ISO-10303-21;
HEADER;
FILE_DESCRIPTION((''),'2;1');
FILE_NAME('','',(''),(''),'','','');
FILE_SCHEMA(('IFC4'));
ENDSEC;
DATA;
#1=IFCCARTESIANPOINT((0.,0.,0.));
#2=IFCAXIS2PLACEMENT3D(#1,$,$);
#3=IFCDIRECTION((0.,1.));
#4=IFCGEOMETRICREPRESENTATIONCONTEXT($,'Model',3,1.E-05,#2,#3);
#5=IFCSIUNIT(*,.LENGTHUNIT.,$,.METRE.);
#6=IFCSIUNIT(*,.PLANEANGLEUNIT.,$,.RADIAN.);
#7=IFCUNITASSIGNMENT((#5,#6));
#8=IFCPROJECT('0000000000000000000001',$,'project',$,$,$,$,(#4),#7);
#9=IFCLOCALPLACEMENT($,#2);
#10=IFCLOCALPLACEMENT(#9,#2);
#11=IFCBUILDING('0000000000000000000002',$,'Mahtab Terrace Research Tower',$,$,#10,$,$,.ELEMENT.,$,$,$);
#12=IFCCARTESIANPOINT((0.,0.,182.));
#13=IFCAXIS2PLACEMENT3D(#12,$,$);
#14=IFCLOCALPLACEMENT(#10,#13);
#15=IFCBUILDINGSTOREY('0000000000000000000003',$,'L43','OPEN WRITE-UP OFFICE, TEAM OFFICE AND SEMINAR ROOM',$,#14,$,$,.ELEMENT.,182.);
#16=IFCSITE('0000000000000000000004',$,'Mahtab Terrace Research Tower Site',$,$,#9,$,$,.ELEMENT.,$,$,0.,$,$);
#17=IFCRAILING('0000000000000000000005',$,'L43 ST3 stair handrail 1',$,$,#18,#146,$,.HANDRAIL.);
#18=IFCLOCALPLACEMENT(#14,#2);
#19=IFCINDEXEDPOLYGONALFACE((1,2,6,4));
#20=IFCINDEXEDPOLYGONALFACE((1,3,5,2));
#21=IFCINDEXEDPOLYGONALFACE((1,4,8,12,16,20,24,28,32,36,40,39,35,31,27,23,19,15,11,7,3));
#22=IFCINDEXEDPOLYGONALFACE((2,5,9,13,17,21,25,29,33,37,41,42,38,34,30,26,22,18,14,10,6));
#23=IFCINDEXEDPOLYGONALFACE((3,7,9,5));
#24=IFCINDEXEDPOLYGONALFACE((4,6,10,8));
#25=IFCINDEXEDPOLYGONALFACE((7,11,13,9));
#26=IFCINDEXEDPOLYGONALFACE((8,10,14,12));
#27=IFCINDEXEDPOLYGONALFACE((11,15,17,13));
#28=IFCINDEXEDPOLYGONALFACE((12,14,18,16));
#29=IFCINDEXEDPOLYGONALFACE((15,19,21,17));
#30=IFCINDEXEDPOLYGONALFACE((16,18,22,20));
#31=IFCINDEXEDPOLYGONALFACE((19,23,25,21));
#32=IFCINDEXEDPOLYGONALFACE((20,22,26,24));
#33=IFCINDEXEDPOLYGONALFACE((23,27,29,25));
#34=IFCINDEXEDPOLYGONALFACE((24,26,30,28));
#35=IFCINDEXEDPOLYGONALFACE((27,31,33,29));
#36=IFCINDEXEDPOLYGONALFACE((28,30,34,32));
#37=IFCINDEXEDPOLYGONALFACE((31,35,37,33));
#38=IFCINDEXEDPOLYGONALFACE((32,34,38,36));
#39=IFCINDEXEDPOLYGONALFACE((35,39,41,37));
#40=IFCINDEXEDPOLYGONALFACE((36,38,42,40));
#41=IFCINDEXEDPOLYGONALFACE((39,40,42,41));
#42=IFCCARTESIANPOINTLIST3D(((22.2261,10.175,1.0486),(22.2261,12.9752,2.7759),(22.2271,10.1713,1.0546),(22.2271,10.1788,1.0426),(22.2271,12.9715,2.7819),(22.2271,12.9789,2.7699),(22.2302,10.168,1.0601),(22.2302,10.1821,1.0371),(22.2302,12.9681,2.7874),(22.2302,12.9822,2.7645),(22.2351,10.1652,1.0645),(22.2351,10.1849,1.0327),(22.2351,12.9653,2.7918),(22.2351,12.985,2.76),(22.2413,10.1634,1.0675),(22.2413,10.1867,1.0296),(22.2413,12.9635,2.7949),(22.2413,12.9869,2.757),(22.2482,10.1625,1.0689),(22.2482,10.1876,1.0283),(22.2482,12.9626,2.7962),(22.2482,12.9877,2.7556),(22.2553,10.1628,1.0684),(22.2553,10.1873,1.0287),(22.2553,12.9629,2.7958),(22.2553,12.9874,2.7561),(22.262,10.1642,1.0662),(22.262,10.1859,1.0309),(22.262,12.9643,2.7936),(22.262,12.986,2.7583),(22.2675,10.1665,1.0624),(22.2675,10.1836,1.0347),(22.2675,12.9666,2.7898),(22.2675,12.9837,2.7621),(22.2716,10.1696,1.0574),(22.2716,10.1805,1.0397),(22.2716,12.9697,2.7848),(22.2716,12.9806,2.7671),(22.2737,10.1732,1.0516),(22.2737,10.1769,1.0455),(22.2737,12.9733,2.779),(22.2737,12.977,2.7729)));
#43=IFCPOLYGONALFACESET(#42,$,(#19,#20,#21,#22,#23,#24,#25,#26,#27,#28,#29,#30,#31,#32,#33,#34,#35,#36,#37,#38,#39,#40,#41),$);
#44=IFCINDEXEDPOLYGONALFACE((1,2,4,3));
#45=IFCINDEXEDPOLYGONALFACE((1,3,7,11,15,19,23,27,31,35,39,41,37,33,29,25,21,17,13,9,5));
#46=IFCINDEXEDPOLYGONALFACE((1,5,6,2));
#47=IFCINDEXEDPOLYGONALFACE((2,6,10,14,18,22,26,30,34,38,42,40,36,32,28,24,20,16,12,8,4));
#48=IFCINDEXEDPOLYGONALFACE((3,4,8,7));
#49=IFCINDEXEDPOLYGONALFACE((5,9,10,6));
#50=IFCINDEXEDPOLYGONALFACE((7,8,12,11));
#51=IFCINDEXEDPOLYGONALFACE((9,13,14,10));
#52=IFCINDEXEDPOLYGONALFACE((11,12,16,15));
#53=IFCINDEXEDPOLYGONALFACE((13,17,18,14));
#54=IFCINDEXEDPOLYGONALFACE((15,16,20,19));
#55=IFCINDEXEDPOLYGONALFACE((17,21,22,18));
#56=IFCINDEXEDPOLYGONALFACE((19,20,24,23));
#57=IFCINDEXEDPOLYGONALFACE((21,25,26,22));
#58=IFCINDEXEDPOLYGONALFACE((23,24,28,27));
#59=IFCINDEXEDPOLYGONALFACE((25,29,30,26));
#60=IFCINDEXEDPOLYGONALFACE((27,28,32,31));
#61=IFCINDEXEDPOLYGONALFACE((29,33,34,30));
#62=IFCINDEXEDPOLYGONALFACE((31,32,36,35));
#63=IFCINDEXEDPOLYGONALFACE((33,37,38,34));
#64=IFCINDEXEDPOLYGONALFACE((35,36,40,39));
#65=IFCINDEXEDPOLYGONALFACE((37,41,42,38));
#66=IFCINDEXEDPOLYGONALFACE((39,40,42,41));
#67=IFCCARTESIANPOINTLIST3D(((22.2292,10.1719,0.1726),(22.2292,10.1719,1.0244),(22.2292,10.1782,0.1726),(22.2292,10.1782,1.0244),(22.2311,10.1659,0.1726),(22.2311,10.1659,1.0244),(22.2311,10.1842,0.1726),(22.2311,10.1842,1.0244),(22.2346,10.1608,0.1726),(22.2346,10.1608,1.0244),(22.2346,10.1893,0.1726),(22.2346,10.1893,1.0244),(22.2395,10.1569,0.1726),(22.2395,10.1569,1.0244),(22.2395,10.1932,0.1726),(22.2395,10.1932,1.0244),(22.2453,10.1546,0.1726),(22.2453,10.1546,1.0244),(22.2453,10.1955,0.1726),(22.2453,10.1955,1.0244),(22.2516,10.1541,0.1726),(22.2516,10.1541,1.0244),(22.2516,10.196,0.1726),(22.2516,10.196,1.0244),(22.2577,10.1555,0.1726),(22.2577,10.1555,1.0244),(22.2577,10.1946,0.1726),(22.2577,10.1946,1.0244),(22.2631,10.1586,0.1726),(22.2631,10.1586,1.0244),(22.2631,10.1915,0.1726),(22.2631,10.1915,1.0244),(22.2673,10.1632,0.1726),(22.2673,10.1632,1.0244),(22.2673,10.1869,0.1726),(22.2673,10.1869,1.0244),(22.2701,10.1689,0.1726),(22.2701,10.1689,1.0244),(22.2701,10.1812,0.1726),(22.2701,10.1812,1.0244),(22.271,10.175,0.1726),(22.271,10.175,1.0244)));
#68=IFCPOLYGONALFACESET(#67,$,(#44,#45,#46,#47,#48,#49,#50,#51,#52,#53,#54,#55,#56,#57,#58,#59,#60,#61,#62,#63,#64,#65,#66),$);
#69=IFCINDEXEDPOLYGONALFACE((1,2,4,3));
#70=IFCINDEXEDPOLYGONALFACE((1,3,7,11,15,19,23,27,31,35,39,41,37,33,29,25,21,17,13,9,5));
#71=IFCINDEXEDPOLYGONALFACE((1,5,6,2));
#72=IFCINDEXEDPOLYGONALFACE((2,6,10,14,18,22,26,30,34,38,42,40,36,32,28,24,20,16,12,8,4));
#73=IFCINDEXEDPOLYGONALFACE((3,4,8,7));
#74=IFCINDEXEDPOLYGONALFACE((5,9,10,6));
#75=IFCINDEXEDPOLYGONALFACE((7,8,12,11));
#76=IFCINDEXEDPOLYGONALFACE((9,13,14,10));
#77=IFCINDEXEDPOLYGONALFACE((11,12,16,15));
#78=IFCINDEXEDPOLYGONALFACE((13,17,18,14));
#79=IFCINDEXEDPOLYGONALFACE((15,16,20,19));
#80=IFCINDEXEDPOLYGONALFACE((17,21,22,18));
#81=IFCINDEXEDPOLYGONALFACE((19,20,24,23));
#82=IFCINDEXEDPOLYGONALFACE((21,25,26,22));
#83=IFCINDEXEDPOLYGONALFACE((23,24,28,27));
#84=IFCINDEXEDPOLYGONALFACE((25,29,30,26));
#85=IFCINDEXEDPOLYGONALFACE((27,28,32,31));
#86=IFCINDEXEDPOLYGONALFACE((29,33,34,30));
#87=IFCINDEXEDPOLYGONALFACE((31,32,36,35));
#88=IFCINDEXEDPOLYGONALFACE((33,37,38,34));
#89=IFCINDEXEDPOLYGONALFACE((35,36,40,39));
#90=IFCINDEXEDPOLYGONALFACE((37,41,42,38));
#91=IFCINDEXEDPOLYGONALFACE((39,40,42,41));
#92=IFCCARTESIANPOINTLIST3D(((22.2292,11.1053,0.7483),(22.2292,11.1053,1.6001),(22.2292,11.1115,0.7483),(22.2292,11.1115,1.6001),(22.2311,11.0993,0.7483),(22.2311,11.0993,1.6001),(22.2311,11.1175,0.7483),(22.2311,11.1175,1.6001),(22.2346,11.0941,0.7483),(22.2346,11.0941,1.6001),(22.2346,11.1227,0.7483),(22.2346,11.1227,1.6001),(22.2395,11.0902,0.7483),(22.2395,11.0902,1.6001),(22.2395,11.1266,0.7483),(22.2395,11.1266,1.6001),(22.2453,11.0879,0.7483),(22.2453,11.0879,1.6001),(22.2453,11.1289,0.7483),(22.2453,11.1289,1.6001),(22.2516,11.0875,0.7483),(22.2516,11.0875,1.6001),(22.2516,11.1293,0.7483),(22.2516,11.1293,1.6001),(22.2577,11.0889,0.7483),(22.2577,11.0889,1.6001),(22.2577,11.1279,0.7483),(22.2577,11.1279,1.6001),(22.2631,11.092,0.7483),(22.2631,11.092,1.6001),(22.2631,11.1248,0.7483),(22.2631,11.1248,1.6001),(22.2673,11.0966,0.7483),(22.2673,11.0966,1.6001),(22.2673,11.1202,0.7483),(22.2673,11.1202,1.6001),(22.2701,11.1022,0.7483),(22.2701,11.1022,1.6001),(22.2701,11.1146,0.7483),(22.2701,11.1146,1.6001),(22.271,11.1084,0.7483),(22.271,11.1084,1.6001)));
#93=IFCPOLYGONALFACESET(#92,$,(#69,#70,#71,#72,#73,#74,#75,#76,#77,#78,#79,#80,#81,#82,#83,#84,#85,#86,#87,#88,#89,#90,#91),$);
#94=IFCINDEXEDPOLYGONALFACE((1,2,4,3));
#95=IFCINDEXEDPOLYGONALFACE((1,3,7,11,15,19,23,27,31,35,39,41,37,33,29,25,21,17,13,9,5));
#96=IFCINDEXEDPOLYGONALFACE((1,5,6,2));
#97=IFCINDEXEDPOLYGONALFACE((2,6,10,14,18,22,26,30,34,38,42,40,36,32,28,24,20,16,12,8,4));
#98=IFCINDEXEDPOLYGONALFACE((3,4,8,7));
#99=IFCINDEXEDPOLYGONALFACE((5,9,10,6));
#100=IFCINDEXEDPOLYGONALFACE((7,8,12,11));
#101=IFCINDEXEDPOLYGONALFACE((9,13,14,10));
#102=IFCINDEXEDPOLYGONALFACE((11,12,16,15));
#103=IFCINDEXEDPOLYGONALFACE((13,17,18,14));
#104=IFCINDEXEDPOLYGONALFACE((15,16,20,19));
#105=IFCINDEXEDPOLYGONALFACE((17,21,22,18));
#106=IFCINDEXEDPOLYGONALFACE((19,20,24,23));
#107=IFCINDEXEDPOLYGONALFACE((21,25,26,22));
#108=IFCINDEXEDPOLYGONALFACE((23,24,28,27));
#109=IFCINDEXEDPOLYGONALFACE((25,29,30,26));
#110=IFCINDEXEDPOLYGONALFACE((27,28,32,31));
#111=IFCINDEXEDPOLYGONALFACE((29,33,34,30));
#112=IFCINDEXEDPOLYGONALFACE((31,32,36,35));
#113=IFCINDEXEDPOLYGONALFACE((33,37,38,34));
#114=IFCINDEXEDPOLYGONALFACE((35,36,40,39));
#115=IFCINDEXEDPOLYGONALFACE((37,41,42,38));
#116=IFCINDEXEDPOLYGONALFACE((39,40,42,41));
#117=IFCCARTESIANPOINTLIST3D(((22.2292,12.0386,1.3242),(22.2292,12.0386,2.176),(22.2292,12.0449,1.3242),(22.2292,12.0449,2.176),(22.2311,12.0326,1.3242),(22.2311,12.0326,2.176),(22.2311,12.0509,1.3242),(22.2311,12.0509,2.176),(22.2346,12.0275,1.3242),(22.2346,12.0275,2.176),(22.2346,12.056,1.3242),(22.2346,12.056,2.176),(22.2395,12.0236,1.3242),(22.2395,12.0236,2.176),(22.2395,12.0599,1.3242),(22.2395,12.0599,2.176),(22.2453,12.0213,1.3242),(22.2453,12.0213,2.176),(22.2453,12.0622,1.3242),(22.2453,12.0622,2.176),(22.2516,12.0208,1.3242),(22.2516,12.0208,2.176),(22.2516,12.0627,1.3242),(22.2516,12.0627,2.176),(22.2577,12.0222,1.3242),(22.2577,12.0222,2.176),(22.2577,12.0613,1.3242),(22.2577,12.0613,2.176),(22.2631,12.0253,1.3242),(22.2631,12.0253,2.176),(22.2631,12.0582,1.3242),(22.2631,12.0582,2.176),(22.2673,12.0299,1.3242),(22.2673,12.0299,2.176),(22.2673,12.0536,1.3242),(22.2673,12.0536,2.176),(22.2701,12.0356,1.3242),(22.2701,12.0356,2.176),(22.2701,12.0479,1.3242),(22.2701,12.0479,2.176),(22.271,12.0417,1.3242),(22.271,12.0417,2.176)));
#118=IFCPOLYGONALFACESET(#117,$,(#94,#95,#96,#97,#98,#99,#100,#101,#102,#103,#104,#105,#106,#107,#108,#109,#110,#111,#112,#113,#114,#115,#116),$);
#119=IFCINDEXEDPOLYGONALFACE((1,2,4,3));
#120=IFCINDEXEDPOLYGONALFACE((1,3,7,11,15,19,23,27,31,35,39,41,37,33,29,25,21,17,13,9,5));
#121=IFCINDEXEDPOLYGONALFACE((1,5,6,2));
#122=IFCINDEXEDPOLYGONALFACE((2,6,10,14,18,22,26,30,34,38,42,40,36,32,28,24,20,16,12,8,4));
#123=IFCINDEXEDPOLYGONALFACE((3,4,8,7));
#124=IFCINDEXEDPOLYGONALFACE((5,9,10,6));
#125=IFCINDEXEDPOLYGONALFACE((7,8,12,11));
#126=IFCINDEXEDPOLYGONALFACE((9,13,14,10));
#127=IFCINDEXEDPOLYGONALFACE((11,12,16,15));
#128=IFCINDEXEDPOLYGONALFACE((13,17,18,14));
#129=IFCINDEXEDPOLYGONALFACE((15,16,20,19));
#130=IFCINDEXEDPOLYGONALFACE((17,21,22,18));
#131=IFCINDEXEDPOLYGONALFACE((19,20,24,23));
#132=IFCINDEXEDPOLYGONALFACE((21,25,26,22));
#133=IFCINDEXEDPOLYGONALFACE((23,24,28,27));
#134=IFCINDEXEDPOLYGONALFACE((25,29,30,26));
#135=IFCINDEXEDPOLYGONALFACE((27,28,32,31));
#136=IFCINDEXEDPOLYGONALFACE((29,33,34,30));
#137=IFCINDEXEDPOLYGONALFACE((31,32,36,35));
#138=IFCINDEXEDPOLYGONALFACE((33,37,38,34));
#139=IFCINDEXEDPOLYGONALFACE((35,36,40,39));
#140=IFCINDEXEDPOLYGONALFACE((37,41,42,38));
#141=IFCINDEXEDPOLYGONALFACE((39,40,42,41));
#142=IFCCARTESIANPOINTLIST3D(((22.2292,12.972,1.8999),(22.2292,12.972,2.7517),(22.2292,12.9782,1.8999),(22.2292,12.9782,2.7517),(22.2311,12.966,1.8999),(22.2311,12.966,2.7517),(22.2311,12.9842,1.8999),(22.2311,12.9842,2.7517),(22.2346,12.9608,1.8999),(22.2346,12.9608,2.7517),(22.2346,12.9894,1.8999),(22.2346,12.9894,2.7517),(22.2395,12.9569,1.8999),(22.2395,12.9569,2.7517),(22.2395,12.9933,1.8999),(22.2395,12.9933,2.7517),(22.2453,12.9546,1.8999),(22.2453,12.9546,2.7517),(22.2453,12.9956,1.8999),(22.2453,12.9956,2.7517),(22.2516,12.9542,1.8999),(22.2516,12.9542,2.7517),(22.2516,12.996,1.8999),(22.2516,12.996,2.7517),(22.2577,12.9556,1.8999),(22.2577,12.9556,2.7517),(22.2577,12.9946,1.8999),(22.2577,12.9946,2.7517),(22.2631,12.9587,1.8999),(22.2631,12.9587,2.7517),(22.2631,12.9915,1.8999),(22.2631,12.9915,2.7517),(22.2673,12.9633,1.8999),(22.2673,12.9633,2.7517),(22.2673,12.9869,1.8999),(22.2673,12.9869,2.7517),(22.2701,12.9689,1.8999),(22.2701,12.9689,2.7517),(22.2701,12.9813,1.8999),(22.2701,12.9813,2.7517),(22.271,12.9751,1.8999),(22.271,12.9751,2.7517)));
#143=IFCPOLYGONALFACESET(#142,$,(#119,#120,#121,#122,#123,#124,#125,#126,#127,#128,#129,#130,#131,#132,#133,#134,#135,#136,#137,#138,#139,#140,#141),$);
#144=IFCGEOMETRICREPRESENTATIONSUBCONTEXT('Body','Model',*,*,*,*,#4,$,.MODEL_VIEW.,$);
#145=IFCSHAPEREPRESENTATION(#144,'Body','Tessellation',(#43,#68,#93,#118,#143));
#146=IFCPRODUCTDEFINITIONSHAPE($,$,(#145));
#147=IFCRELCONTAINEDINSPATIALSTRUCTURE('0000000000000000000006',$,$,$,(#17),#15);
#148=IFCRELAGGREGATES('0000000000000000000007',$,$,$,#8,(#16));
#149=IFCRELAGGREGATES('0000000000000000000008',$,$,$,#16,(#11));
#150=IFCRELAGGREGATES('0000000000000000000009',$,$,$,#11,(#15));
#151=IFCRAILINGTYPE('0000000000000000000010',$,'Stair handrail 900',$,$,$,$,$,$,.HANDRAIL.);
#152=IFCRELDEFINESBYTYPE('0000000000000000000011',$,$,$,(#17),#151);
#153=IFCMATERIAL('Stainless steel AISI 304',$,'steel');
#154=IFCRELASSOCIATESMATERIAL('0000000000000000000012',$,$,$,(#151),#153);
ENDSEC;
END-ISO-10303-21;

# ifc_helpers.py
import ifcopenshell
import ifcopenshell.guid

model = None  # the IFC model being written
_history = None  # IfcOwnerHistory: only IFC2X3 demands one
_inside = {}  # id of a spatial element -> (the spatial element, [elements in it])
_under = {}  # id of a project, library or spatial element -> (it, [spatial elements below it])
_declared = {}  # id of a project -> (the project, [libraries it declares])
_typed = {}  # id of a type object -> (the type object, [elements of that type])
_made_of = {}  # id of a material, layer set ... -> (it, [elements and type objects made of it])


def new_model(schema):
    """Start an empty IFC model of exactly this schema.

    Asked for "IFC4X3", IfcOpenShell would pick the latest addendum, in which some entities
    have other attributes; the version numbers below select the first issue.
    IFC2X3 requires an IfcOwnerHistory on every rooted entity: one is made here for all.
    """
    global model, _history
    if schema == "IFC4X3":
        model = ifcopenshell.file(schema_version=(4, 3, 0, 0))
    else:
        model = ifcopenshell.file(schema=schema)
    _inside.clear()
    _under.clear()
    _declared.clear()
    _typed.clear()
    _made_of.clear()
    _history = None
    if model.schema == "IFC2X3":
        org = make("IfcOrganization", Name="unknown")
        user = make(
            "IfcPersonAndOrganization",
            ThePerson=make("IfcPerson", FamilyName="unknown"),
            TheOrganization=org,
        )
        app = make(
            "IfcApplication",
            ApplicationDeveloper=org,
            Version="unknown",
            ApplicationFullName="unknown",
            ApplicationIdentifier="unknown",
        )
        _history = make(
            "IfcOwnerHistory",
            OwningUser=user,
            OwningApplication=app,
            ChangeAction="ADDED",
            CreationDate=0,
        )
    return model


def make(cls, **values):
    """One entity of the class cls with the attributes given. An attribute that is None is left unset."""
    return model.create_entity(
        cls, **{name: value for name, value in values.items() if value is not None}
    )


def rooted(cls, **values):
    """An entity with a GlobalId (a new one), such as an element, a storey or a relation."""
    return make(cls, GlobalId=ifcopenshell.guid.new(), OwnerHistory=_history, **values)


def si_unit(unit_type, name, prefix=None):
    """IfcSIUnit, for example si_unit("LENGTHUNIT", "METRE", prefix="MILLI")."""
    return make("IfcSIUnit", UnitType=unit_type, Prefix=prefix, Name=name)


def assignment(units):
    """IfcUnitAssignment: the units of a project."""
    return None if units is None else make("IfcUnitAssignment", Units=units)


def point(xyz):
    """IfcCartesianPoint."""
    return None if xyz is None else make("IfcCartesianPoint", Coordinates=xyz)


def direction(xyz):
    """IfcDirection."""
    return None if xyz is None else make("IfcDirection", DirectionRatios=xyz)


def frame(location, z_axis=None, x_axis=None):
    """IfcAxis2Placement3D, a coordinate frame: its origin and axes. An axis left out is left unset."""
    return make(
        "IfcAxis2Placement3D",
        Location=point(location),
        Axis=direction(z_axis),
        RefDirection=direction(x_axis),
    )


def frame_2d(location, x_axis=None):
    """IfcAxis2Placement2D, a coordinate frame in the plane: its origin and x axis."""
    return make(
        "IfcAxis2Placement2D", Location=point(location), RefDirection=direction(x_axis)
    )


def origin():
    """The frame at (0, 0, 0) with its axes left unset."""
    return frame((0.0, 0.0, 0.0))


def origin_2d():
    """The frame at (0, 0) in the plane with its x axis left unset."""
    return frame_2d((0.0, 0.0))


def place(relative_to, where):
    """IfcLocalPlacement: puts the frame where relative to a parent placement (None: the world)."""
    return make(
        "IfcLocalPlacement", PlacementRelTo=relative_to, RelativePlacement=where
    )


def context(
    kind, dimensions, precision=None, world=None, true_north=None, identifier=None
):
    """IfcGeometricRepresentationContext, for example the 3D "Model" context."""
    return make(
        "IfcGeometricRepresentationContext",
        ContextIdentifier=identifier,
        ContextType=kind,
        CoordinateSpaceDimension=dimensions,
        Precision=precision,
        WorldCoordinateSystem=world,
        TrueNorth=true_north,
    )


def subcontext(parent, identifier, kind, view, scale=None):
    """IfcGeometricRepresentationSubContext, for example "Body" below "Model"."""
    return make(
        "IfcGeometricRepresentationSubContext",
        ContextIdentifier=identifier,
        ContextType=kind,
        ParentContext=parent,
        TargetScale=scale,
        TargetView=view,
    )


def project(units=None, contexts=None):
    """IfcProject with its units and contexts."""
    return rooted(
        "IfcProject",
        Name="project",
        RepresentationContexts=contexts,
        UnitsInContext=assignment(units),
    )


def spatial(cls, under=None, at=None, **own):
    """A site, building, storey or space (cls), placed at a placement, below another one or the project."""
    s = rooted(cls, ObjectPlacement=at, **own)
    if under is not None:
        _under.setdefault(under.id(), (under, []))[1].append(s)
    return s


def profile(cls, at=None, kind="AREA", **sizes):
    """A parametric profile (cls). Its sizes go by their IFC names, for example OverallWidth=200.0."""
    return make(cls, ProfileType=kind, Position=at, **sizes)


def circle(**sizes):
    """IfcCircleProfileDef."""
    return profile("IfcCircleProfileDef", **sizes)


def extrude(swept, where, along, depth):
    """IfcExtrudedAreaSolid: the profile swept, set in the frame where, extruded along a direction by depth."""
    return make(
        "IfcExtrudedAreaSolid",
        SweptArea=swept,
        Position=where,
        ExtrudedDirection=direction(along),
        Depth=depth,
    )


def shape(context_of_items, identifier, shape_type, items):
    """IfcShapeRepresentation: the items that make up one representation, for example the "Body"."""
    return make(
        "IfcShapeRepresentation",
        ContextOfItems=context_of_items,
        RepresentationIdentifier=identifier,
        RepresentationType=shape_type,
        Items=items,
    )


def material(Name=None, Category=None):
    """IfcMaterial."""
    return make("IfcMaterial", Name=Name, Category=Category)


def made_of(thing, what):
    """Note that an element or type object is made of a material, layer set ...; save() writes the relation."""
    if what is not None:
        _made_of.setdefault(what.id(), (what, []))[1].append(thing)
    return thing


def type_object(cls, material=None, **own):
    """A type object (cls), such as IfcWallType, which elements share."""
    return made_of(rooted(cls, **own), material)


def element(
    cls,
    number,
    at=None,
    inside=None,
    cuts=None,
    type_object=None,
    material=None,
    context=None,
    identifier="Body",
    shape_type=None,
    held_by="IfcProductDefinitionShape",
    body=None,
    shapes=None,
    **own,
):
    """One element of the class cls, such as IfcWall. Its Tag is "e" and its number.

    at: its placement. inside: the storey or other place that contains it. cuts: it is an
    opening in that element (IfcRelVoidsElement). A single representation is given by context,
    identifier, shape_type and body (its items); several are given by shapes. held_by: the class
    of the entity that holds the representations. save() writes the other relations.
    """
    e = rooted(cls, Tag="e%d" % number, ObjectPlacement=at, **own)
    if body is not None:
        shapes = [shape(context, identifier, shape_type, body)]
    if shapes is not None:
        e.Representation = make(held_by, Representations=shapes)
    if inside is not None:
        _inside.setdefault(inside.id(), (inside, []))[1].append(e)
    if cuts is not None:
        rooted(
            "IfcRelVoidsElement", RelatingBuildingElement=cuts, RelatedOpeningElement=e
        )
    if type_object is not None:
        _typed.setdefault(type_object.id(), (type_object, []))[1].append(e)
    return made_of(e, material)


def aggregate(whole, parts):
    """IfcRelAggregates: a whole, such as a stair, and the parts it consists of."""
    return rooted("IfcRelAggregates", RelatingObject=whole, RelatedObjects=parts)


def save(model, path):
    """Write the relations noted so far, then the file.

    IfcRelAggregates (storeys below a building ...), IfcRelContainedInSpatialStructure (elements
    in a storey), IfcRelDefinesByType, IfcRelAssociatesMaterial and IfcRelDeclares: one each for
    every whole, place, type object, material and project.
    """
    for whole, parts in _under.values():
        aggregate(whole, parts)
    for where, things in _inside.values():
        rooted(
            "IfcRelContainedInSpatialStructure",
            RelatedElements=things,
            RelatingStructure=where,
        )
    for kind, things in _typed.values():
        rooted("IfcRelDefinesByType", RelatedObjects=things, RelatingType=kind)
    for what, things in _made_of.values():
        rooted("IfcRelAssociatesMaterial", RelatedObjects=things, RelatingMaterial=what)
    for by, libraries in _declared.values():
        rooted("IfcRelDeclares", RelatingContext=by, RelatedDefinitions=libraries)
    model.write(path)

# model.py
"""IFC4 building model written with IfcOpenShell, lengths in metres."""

from ifc_helpers import new_model, si_unit, direction, frame, origin, origin_2d, place, context, subcontext, project, spatial, circle, extrude, material, type_object, element, save


model = new_model("IFC4")

# Units and contexts
model_context = context("Model", 3, precision=1e-05, world=origin(), true_north=direction((0.0, 1.0)))
body_context = subcontext(model_context, "Body", "Model", "MODEL_VIEW")
ifc_project = project(units=[si_unit("LENGTHUNIT", "METRE"), si_unit("PLANEANGLEUNIT", "RADIAN")], contexts=[model_context])

# Site, building, storey
site_placement = place(None, origin())
site = spatial("IfcSite", under=ifc_project, at=site_placement, Name="Mahtab Terrace Research Tower Site", CompositionType="ELEMENT", RefElevation=0.0)
building_placement = place(site_placement, origin())
building = spatial("IfcBuilding", under=site, at=building_placement, Name="Mahtab Terrace Research Tower", CompositionType="ELEMENT")
storey_placement = place(building_placement, frame((0.0, 0.0, 182.0)))
storey = spatial("IfcBuildingStorey", under=building, at=storey_placement, Name="L43", Description="OPEN WRITE-UP OFFICE, TEAM OFFICE AND SEMINAR ROOM", CompositionType="ELEMENT", Elevation=182.0)

# Shared definitions
ifc_material_1 = material(Name="Stainless steel AISI 304", Category="steel")

# Railing
railing_type_1 = type_object("IfcRailingType", Name="Stair handrail 900", PredefinedType="HANDRAIL", material=ifc_material_1)
railing_1_placement = place(storey_placement, frame((22.25, 10.175, 0.1726)))
element("IfcRailing", 1, at=railing_1_placement, inside=storey, type_object=railing_type_1, Name="L43 ST3 stair handrail 1", PredefinedType="HANDRAIL", context=body_context, shape_type="SweptSolid", body=[
    extrude(circle(Radius=0.0239, at=origin_2d()), frame((0.0, 0.0, 0.876), z_axis=(0.0, 0.85109, 0.52502), x_axis=(-1.0, 0.0, 0.0)), (0.0, 0.0, 1.0), 3.29),
    extrude(circle(Radius=0.021, at=origin_2d()), origin(), (0.0, 0.0, 1.0), 0.8518),
    extrude(circle(Radius=0.021, at=origin_2d()), frame((0.0, 0.9333, 0.5757)), (0.0, 0.0, 1.0), 0.8518),
    extrude(circle(Radius=0.021, at=origin_2d()), frame((0.0, 1.8667, 1.1516)), (0.0, 0.0, 1.0), 0.8518),
    extrude(circle(Radius=0.021, at=origin_2d()), frame((0.0, 2.8, 1.7273)), (0.0, 0.0, 1.0), 0.8518),
])

save(model, "model.ifc")
